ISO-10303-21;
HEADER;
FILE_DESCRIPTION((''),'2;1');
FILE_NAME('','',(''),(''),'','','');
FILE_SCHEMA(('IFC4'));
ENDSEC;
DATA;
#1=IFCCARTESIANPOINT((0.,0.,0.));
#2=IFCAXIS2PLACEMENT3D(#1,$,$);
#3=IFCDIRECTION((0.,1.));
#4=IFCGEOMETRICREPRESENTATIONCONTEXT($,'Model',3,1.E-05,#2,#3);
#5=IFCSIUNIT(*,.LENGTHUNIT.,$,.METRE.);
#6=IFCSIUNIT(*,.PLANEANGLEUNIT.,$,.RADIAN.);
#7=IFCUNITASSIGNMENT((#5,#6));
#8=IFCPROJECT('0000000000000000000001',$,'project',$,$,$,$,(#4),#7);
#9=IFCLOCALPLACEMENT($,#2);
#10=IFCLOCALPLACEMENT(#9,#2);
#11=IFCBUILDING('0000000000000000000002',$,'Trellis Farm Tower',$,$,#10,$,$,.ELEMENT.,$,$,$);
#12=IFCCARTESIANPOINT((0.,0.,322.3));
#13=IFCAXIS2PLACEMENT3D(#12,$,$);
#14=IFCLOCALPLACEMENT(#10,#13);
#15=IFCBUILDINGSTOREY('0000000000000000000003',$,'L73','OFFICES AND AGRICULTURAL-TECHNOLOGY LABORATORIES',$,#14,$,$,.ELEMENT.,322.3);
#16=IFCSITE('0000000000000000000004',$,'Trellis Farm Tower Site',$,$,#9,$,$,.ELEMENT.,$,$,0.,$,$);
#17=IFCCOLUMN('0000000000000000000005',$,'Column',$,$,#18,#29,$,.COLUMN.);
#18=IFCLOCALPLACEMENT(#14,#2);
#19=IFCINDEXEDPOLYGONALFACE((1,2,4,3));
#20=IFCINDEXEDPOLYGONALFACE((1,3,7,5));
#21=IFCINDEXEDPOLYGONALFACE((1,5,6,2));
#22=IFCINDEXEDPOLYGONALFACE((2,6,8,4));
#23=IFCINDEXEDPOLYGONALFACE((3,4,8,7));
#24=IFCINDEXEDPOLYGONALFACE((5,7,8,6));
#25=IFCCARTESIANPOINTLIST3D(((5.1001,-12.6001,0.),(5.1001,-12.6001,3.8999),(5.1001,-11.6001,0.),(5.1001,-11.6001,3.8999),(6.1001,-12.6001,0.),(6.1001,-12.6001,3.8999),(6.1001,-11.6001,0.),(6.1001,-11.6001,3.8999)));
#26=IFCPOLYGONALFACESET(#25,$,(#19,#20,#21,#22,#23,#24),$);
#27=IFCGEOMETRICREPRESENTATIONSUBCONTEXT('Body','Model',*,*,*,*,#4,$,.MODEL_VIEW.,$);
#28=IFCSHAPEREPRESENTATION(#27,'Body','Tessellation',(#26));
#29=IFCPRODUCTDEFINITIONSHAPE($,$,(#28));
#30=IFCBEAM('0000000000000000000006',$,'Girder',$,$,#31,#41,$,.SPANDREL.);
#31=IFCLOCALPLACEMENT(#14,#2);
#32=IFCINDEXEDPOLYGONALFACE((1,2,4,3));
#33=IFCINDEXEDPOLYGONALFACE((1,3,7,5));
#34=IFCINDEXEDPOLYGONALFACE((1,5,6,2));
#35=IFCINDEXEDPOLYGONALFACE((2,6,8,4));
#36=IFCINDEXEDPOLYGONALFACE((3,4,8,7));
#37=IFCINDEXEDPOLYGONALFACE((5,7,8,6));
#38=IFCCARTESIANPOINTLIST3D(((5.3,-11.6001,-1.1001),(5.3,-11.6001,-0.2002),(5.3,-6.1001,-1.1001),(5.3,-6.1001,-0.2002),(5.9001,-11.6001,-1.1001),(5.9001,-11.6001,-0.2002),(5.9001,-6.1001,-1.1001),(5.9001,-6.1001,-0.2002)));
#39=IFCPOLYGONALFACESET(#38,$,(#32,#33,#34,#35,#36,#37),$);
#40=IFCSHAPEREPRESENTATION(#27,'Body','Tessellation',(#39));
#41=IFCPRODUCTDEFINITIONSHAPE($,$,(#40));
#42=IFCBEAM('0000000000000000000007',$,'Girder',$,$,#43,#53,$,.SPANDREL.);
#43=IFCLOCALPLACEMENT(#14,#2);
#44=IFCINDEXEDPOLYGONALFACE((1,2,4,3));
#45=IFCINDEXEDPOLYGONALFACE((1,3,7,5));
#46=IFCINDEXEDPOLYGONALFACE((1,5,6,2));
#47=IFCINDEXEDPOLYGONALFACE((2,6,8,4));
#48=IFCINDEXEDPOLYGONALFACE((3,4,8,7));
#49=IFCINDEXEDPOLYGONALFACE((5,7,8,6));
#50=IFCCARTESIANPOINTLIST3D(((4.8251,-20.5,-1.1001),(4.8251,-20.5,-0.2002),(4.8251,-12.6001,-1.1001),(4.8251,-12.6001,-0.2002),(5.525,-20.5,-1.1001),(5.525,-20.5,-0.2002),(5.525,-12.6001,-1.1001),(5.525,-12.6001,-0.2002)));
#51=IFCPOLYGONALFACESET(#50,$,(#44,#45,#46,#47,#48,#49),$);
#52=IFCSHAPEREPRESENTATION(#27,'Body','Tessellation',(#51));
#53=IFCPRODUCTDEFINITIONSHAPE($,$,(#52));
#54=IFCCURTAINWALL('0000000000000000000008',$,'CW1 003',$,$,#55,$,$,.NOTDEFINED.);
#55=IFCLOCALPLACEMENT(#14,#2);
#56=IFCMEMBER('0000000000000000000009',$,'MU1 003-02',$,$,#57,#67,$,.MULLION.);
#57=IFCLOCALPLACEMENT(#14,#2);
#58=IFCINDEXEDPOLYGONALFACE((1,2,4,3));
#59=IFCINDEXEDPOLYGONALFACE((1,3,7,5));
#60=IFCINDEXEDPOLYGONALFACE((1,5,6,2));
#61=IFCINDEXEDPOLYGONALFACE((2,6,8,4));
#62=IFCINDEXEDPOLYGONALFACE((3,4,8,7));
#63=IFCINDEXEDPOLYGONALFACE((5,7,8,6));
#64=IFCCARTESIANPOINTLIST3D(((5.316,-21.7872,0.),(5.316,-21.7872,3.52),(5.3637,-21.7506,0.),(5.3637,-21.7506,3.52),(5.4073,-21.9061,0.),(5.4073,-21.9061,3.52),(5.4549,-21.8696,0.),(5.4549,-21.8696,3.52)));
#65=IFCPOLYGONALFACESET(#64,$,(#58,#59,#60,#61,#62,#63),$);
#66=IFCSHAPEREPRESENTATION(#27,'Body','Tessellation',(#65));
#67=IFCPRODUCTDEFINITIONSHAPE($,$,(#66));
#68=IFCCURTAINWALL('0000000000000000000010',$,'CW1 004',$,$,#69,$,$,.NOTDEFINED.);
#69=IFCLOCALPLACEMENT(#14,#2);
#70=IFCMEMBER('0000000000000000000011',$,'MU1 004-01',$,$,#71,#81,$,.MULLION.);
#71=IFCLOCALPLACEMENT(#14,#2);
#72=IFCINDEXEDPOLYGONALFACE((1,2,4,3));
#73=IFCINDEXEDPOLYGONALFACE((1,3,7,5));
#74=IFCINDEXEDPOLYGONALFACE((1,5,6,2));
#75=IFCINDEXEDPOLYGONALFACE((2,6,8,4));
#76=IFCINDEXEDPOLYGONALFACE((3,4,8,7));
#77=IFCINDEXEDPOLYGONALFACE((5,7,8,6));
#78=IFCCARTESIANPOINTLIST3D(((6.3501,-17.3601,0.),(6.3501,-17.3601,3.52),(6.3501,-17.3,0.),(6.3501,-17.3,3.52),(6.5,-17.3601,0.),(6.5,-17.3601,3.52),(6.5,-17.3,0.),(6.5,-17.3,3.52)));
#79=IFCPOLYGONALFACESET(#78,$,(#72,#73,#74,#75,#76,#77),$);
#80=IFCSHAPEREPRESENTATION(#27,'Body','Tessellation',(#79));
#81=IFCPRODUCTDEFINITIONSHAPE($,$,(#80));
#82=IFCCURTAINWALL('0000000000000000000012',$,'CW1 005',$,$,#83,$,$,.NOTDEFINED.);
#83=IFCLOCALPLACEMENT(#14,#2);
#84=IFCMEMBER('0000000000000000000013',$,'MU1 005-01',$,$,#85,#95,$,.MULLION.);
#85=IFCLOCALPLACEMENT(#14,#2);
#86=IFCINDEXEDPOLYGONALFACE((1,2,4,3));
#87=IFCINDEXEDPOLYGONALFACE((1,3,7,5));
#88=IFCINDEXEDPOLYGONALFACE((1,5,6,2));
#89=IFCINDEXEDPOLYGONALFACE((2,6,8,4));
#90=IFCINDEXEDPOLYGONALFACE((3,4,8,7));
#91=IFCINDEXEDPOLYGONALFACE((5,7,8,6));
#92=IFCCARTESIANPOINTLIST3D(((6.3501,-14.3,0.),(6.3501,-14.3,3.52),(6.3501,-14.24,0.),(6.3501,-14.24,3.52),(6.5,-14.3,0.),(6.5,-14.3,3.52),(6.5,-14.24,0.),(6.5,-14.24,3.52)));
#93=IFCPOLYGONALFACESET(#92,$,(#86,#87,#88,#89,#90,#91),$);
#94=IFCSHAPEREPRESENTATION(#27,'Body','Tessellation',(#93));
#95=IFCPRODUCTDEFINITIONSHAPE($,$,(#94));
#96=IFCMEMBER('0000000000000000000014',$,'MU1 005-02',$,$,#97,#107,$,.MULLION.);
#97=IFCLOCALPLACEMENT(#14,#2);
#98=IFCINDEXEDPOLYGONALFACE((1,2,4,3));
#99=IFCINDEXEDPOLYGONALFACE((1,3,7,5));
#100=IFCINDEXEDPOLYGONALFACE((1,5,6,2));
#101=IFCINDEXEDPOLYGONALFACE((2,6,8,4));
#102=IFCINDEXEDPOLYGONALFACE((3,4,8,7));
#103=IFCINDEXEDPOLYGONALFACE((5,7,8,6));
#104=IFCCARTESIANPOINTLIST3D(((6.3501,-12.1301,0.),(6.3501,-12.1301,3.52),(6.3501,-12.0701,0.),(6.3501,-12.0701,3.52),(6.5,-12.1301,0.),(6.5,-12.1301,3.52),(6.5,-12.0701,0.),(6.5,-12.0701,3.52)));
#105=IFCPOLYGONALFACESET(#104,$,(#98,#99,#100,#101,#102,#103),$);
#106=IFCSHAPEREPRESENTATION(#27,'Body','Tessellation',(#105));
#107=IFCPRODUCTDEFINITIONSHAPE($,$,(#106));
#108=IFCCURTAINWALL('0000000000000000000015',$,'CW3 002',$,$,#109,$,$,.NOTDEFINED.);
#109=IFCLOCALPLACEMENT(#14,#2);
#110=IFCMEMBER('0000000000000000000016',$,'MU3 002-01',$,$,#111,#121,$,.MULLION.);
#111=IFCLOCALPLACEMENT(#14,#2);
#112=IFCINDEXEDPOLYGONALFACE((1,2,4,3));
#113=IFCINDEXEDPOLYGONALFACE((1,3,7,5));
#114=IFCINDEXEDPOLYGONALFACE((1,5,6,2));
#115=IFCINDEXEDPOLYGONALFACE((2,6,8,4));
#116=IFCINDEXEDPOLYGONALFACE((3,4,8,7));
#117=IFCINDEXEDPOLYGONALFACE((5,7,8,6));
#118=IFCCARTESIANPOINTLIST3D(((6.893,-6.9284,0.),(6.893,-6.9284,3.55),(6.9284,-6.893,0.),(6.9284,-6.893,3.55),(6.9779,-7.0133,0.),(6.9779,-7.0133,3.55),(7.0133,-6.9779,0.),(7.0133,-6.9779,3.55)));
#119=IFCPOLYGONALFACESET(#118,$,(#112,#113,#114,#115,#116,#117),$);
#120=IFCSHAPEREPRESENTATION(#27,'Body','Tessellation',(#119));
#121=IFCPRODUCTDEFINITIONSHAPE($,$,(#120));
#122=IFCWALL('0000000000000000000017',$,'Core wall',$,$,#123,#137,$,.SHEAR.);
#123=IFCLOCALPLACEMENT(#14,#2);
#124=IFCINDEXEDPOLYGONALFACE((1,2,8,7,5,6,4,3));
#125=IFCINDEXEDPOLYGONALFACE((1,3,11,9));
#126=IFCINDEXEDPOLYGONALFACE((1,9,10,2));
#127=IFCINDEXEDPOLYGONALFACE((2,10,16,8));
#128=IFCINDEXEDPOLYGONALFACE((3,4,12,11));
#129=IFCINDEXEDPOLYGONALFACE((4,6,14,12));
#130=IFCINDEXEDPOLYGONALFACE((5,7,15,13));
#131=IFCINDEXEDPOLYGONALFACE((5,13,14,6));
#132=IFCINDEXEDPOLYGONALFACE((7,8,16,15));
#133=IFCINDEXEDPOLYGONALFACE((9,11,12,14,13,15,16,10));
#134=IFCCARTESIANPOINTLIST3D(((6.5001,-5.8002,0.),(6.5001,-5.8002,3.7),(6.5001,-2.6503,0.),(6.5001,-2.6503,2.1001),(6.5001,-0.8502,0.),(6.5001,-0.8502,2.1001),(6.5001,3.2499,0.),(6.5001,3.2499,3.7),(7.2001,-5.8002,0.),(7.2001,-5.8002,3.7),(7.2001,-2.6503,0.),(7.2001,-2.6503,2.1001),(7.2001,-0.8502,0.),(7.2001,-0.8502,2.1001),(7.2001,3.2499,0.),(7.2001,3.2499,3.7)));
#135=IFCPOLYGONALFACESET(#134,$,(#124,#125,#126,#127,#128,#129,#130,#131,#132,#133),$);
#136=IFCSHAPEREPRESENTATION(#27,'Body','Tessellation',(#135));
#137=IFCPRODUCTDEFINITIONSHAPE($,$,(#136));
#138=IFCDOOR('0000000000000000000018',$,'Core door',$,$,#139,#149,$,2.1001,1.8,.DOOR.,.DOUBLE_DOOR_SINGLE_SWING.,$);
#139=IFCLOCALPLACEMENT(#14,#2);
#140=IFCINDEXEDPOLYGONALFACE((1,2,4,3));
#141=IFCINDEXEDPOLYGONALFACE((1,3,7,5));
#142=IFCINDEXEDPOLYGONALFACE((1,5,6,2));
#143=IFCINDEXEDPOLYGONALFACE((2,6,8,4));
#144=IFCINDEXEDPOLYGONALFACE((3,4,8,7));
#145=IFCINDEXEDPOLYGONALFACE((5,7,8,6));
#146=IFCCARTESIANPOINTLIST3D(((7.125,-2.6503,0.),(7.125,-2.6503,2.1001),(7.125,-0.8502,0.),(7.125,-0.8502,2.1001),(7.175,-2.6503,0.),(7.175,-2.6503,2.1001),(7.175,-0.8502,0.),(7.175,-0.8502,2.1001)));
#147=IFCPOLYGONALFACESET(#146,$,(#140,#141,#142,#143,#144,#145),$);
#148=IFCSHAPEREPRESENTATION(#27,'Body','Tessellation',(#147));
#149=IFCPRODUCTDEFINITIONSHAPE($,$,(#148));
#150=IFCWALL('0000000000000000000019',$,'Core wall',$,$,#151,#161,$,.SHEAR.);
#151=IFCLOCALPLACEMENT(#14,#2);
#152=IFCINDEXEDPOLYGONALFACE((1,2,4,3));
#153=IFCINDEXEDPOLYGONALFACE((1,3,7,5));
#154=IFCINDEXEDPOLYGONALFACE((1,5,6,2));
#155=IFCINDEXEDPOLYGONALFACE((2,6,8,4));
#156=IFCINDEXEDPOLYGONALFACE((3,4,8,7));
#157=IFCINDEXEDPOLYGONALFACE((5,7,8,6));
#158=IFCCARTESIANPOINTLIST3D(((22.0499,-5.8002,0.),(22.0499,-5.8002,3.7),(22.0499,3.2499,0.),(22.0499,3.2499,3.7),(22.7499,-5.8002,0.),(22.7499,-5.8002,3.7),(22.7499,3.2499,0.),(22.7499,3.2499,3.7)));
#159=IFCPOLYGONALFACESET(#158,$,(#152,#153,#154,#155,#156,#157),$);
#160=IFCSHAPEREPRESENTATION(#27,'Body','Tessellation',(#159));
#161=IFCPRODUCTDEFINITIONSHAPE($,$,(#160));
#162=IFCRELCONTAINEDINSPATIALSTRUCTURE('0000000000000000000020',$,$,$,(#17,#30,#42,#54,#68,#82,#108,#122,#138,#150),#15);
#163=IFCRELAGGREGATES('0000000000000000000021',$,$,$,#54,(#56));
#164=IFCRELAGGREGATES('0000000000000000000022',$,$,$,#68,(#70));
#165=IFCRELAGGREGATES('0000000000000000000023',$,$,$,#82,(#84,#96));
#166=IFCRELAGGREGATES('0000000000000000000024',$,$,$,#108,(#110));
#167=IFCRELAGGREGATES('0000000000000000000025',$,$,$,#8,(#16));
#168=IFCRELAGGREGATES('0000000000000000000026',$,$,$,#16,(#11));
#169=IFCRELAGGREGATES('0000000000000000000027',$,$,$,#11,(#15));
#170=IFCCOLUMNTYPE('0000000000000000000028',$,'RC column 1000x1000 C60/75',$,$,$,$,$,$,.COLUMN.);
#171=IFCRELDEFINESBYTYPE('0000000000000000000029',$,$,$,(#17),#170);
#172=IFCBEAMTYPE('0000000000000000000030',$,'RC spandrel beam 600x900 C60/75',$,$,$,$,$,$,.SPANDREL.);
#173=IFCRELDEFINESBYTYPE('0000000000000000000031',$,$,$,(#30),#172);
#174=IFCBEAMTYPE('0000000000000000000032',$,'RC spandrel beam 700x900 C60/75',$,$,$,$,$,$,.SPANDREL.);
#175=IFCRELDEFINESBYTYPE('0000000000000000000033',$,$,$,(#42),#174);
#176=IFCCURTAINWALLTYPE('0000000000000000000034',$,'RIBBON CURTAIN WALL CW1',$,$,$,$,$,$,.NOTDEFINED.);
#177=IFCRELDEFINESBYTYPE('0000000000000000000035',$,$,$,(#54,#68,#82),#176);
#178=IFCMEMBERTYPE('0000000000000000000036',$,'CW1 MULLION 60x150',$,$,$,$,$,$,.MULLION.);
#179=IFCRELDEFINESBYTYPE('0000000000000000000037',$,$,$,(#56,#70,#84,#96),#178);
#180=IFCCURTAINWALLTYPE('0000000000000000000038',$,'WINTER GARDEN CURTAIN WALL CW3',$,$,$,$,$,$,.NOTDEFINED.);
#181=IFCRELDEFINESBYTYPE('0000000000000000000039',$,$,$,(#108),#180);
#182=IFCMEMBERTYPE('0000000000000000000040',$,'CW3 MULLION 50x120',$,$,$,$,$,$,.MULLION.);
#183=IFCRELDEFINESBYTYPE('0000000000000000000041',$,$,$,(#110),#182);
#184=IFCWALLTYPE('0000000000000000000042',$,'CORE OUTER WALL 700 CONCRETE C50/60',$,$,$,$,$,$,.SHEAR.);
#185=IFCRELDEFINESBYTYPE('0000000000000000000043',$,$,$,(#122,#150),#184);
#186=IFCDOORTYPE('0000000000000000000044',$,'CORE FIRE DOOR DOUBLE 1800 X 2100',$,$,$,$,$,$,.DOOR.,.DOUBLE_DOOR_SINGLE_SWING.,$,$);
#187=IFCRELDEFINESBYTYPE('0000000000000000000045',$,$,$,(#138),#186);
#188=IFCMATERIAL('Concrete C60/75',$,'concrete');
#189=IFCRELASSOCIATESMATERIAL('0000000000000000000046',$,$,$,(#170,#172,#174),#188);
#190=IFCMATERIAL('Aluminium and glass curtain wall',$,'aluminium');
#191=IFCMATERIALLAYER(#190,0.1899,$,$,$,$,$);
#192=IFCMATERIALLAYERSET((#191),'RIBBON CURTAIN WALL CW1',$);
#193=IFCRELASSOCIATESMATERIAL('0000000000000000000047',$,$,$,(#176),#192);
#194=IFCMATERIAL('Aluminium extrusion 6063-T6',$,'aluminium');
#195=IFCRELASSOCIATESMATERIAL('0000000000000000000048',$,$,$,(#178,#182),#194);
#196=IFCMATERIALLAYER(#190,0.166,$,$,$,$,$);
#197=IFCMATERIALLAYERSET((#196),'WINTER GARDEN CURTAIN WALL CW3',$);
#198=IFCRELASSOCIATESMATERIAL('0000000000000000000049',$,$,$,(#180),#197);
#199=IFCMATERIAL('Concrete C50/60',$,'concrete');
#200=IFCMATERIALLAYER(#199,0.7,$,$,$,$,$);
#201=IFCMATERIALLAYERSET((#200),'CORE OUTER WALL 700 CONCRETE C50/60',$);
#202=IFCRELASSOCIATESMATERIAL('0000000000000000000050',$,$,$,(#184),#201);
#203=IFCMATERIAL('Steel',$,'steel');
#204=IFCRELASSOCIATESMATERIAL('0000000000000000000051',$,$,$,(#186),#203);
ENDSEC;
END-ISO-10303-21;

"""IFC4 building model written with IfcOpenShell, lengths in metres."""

from ifc_helpers import new_model, si_unit, direction, frame, frame_2d, origin, origin_2d, place, context, subcontext, project, spatial, rectangle, extrude, source, transform, mapped, material, layer, layer_set, material_profile, profile_set, type_object, element, fill, aggregate, save


model = new_model("IFC4")

# Units and contexts
model_context = context("Model", 3, precision=1e-05, world=origin(), true_north=direction((0.0, 1.0)))
body_context = subcontext(model_context, "Body", "Model", "MODEL_VIEW")
ifc_project = project(units=[si_unit("LENGTHUNIT", "METRE"), si_unit("PLANEANGLEUNIT", "RADIAN")], contexts=[model_context])

# Site, building, storey
site_placement = place(None, origin())
site = spatial("IfcSite", under=ifc_project, at=site_placement, Name="Trellis Farm Tower Site", CompositionType="ELEMENT", RefElevation=0.0)
building_placement = place(site_placement, origin())
building = spatial("IfcBuilding", under=site, at=building_placement, Name="Trellis Farm Tower", CompositionType="ELEMENT")
storey_placement = place(building_placement, frame((0.0, 0.0, 322.3)))
storey = spatial("IfcBuildingStorey", under=building, at=storey_placement, Name="L73", Description="OFFICES AND AGRICULTURAL-TECHNOLOGY LABORATORIES", CompositionType="ELEMENT", Elevation=322.3)

# Column
ifc_material_1 = material(Name="Concrete C60/75", Category="concrete")
ifc_material_profile_1 = material_profile(ifc_material_1, rectangle(XDim=1.0, YDim=1.0, at=origin_2d()), Name="RC column 1000x1000 C60/75")
ifc_profile_set_1 = profile_set([ifc_material_profile_1], Name="Concrete C60/75")
column_type = type_object("IfcColumnType", Name="RC column 1000x1000 C60/75", PredefinedType="COLUMN", material=ifc_profile_set_1)
shared_shape_1 = source(origin(), body_context, "Body", "SweptSolid", [
    extrude(rectangle(XDim=1.0, YDim=1.0, at=origin_2d()), origin(), (0.0, 0.0, 1.0), 3.8999),
])
column_placement = place(storey_placement, frame((5.6001, -12.1001, 0.0), z_axis=(0.0, 0.0, 1.0), x_axis=(1.0, 0.0, 0.0)))
element("IfcColumn", 1, at=column_placement, inside=storey, type_object=column_type, Name="Column", PredefinedType="COLUMN", context=body_context, shape_type="MappedRepresentation", body=[
    mapped(shared_shape_1, transform((0.0, 0.0, 0.0))),
])

# Beams
ifc_material_profile_2 = material_profile(ifc_material_1, rectangle(XDim=0.6001, YDim=0.8999, at=origin_2d()), Name="RC spandrel beam 600x900 C60/75")
ifc_profile_set_2 = profile_set([ifc_material_profile_2], Name="Concrete C60/75")
beam_type_1 = type_object("IfcBeamType", Name="RC spandrel beam 600x900 C60/75", PredefinedType="SPANDREL", material=ifc_profile_set_2)
shared_shape_2 = source(origin(), body_context, "Body", "SweptSolid", [
    extrude(rectangle(XDim=0.6001, YDim=0.8999, at=origin_2d()), origin(), (0.0, 0.0, 1.0), 5.5),
])
beam_1_placement = place(storey_placement, frame((5.6001, -11.6001, -0.6501), z_axis=(0.0, 1.0, 0.0), x_axis=(-1.0, 0.0, 0.0)))
element("IfcBeam", 2, at=beam_1_placement, inside=storey, type_object=beam_type_1, Name="Girder", PredefinedType="SPANDREL", context=body_context, shape_type="MappedRepresentation", body=[
    mapped(shared_shape_2, transform((0.0, 0.0, 0.0))),
])
ifc_material_profile_3 = material_profile(ifc_material_1, rectangle(XDim=0.7, YDim=0.8999, at=origin_2d()), Name="RC spandrel beam 700x900 C60/75")
ifc_profile_set_3 = profile_set([ifc_material_profile_3], Name="Concrete C60/75")
beam_type_2 = type_object("IfcBeamType", Name="RC spandrel beam 700x900 C60/75", PredefinedType="SPANDREL", material=ifc_profile_set_3)
shared_shape_3 = source(origin(), body_context, "Body", "SweptSolid", [
    extrude(rectangle(XDim=0.7, YDim=0.8999, at=origin_2d()), origin(), (0.0, 0.0, 1.0), 7.8999),
])
beam_2_placement = place(storey_placement, frame((5.175, -20.5, -0.6501), z_axis=(0.0, 1.0, 0.0), x_axis=(-1.0, 0.0, 0.0)))
element("IfcBeam", 3, at=beam_2_placement, inside=storey, type_object=beam_type_2, Name="Girder", PredefinedType="SPANDREL", context=body_context, shape_type="MappedRepresentation", body=[
    mapped(shared_shape_3, transform((0.0, 0.0, 0.0))),
])

# Curtain walls, members
ifc_material_2 = material(Name="Aluminium and glass curtain wall", Category="aluminium")
ifc_layer_1 = layer(ifc_material_2, 0.1899)
ifc_layer_set_1 = layer_set([ifc_layer_1], Name="RIBBON CURTAIN WALL CW1")
curtain_wall_type_1 = type_object("IfcCurtainWallType", Name="RIBBON CURTAIN WALL CW1", PredefinedType="NOTDEFINED", material=ifc_layer_set_1)
placement = place(storey_placement, origin())
curtain_wall_1 = element("IfcCurtainWall", 4, at=placement, inside=storey, type_object=curtain_wall_type_1, Name="CW1 003", PredefinedType="NOTDEFINED")
ifc_material_3 = material(Name="Aluminium extrusion 6063-T6", Category="aluminium")
ifc_material_profile_4 = material_profile(ifc_material_3, rectangle(XDim=0.0601, YDim=0.1499, at=origin_2d()), Name="MULLION 60x150")
ifc_profile_set_4 = profile_set([ifc_material_profile_4], Name="Aluminium extrusion 6063-T6")
member_type_1 = type_object("IfcMemberType", Name="CW1 MULLION 60x150", PredefinedType="MULLION", material=ifc_profile_set_4)
shared_shape_4 = source(origin(), body_context, "Body", "SweptSolid", [
    extrude(rectangle(XDim=0.0601, YDim=0.1499, at=origin_2d()), origin(), (0.0, 0.0, 1.0), 3.52),
])
member_1_placement = place(storey_placement, frame((5.3855, -21.8284, 0.0), z_axis=(0.0, 0.0, 1.0), x_axis=(0.793353, 0.608761, 0.0)))
member_1 = element("IfcMember", 5, at=member_1_placement, type_object=member_type_1, Name="MU1 003-02", PredefinedType="MULLION", context=body_context, shape_type="MappedRepresentation", body=[
    mapped(shared_shape_4, transform((0.0, 0.0, 0.0))),
])
aggregate(curtain_wall_1, [member_1])
curtain_wall_2 = element("IfcCurtainWall", 6, at=placement, inside=storey, type_object=curtain_wall_type_1, Name="CW1 004", PredefinedType="NOTDEFINED")
member_2_placement = place(storey_placement, frame((6.425, -17.3301, 0.0), z_axis=(0.0, 0.0, 1.0), x_axis=(0.0, 1.0, 0.0)))
member_2 = element("IfcMember", 7, at=member_2_placement, type_object=member_type_1, Name="MU1 004-01", PredefinedType="MULLION", context=body_context, shape_type="MappedRepresentation", body=[
    mapped(shared_shape_4, transform((0.0, 0.0, 0.0))),
])
aggregate(curtain_wall_2, [member_2])

# Curtain wall, members
curtain_wall_3 = element("IfcCurtainWall", 8, at=placement, inside=storey, type_object=curtain_wall_type_1, Name="CW1 005", PredefinedType="NOTDEFINED")
member_3_placement = place(storey_placement, frame((6.425, -14.27, 0.0), z_axis=(0.0, 0.0, 1.0), x_axis=(0.0, 1.0, 0.0)))
member_3 = element("IfcMember", 9, at=member_3_placement, type_object=member_type_1, Name="MU1 005-01", PredefinedType="MULLION", context=body_context, shape_type="MappedRepresentation", body=[
    mapped(shared_shape_4, transform((0.0, 0.0, 0.0))),
])
member_4_placement = place(storey_placement, frame((6.425, -12.1001, 0.0), z_axis=(0.0, 0.0, 1.0), x_axis=(0.0, 1.0, 0.0)))
member_4 = element("IfcMember", 10, at=member_4_placement, type_object=member_type_1, Name="MU1 005-02", PredefinedType="MULLION", context=body_context, shape_type="MappedRepresentation", body=[
    mapped(shared_shape_4, transform((0.0, 0.0, 0.0))),
])
aggregate(curtain_wall_3, [member_3, member_4])

# Curtain wall, member
ifc_layer_2 = layer(ifc_material_2, 0.166)
ifc_layer_set_2 = layer_set([ifc_layer_2], Name="WINTER GARDEN CURTAIN WALL CW3")
curtain_wall_type_2 = type_object("IfcCurtainWallType", Name="WINTER GARDEN CURTAIN WALL CW3", PredefinedType="NOTDEFINED", material=ifc_layer_set_2)
curtain_wall_4 = element("IfcCurtainWall", 11, at=placement, inside=storey, type_object=curtain_wall_type_2, Name="CW3 002", PredefinedType="NOTDEFINED")
ifc_material_profile_5 = material_profile(ifc_material_3, rectangle(XDim=0.05, YDim=0.1201, at=origin_2d()), Name="MULLION 50x120")
ifc_profile_set_5 = profile_set([ifc_material_profile_5], Name="Aluminium extrusion 6063-T6")
member_type_2 = type_object("IfcMemberType", Name="CW3 MULLION 50x120", PredefinedType="MULLION", material=ifc_profile_set_5)
shared_shape_5 = source(origin(), body_context, "Body", "SweptSolid", [
    extrude(rectangle(XDim=0.05, YDim=0.1201, at=origin_2d()), origin(), (0.0, 0.0, 1.0), 3.55),
])
member_5_placement = place(storey_placement, frame((6.9531, -6.9531, 0.0), z_axis=(0.0, 0.0, 1.0), x_axis=(0.707107, 0.707107, 0.0)))
member_5 = element("IfcMember", 12, at=member_5_placement, type_object=member_type_2, Name="MU3 002-01", PredefinedType="MULLION", context=body_context, shape_type="MappedRepresentation", body=[
    mapped(shared_shape_5, transform((0.0, 0.0, 0.0))),
])
aggregate(curtain_wall_4, [member_5])

# Wall, opening, door
ifc_material_4 = material(Name="Concrete C50/60", Category="concrete")
ifc_layer_3 = layer(ifc_material_4, 0.7)
ifc_layer_set_3 = layer_set([ifc_layer_3], Name="CORE OUTER WALL 700 CONCRETE C50/60")
wall_type_1 = type_object("IfcWallType", Name="CORE OUTER WALL 700 CONCRETE C50/60", PredefinedType="SHEAR", material=ifc_layer_set_3)
shared_shape_6 = source(origin(), body_context, "Body", "SweptSolid", [
    extrude(rectangle(XDim=9.05, YDim=0.7, at=frame_2d((4.5249, 0.0))), origin(), (0.0, 0.0, 1.0), 3.7),
])
wall_1_placement = place(storey_placement, frame((6.8501, -5.8, 0.0), z_axis=(0.0, 0.0, 1.0), x_axis=(0.0, 1.0, 0.0)))
wall_1 = element("IfcWall", 13, at=wall_1_placement, inside=storey, type_object=wall_type_1, Name="Core wall", PredefinedType="SHEAR", context=body_context, shape_type="MappedRepresentation", body=[
    mapped(shared_shape_6, transform((0.0, 0.0, 0.0))),
])
shared_shape_7 = source(origin(), body_context, "Body", "SweptSolid", [
    extrude(rectangle(XDim=1.8, YDim=2.1001, at=frame_2d((0.8999, 1.05))), frame((0.0, 0.3601, 0.0), z_axis=(0.0, -1.0, 0.0), x_axis=(1.0, 0.0, 0.0)), (0.0, 0.0, 1.0), 0.7202),
])
opening_1_placement = place(wall_1_placement, frame((3.1499, 0.0, 0.0)))
opening_1 = element("IfcOpeningElement", 14, at=opening_1_placement, cuts=wall_1, PredefinedType="OPENING", context=body_context, shape_type="MappedRepresentation", body=[
    mapped(shared_shape_7, transform((0.0, 0.0, 0.0))),
])
ifc_material_5 = material(Name="Steel", Category="steel")
door_type_1 = type_object("IfcDoorType", Name="CORE FIRE DOOR DOUBLE 1800 X 2100", OperationType="DOUBLE_DOOR_SINGLE_SWING", PredefinedType="DOOR", material=ifc_material_5)
shared_shape_8 = source(origin(), body_context, "Body", "SweptSolid", [
    extrude(rectangle(XDim=1.8, YDim=2.1001, at=frame_2d((0.8999, 1.05))), frame((0.0, -0.2749, 0.0), z_axis=(0.0, -1.0, 0.0), x_axis=(1.0, 0.0, 0.0)), (0.0, 0.0, 1.0), 0.05),
])
door_1_placement = place(opening_1_placement, origin())
door_1 = element("IfcDoor", 15, at=door_1_placement, inside=storey, type_object=door_type_1, Name="Core door", OperationType="DOUBLE_DOOR_SINGLE_SWING", OverallHeight=2.1001, OverallWidth=1.8, PredefinedType="DOOR", context=body_context, shape_type="MappedRepresentation", body=[
    mapped(shared_shape_8, transform((0.0, 0.0, 0.0))),
])
fill(opening_1, door_1)

# Wall
wall_2_placement = place(storey_placement, frame((22.3999, -5.8, 0.0), z_axis=(0.0, 0.0, 1.0), x_axis=(0.0, 1.0, 0.0)))
element("IfcWall", 16, at=wall_2_placement, inside=storey, type_object=wall_type_1, Name="Core wall", PredefinedType="SHEAR", context=body_context, shape_type="MappedRepresentation", body=[
    mapped(shared_shape_6, transform((0.0, 0.0, 0.0))),
])

save(model, "model.ifc")
